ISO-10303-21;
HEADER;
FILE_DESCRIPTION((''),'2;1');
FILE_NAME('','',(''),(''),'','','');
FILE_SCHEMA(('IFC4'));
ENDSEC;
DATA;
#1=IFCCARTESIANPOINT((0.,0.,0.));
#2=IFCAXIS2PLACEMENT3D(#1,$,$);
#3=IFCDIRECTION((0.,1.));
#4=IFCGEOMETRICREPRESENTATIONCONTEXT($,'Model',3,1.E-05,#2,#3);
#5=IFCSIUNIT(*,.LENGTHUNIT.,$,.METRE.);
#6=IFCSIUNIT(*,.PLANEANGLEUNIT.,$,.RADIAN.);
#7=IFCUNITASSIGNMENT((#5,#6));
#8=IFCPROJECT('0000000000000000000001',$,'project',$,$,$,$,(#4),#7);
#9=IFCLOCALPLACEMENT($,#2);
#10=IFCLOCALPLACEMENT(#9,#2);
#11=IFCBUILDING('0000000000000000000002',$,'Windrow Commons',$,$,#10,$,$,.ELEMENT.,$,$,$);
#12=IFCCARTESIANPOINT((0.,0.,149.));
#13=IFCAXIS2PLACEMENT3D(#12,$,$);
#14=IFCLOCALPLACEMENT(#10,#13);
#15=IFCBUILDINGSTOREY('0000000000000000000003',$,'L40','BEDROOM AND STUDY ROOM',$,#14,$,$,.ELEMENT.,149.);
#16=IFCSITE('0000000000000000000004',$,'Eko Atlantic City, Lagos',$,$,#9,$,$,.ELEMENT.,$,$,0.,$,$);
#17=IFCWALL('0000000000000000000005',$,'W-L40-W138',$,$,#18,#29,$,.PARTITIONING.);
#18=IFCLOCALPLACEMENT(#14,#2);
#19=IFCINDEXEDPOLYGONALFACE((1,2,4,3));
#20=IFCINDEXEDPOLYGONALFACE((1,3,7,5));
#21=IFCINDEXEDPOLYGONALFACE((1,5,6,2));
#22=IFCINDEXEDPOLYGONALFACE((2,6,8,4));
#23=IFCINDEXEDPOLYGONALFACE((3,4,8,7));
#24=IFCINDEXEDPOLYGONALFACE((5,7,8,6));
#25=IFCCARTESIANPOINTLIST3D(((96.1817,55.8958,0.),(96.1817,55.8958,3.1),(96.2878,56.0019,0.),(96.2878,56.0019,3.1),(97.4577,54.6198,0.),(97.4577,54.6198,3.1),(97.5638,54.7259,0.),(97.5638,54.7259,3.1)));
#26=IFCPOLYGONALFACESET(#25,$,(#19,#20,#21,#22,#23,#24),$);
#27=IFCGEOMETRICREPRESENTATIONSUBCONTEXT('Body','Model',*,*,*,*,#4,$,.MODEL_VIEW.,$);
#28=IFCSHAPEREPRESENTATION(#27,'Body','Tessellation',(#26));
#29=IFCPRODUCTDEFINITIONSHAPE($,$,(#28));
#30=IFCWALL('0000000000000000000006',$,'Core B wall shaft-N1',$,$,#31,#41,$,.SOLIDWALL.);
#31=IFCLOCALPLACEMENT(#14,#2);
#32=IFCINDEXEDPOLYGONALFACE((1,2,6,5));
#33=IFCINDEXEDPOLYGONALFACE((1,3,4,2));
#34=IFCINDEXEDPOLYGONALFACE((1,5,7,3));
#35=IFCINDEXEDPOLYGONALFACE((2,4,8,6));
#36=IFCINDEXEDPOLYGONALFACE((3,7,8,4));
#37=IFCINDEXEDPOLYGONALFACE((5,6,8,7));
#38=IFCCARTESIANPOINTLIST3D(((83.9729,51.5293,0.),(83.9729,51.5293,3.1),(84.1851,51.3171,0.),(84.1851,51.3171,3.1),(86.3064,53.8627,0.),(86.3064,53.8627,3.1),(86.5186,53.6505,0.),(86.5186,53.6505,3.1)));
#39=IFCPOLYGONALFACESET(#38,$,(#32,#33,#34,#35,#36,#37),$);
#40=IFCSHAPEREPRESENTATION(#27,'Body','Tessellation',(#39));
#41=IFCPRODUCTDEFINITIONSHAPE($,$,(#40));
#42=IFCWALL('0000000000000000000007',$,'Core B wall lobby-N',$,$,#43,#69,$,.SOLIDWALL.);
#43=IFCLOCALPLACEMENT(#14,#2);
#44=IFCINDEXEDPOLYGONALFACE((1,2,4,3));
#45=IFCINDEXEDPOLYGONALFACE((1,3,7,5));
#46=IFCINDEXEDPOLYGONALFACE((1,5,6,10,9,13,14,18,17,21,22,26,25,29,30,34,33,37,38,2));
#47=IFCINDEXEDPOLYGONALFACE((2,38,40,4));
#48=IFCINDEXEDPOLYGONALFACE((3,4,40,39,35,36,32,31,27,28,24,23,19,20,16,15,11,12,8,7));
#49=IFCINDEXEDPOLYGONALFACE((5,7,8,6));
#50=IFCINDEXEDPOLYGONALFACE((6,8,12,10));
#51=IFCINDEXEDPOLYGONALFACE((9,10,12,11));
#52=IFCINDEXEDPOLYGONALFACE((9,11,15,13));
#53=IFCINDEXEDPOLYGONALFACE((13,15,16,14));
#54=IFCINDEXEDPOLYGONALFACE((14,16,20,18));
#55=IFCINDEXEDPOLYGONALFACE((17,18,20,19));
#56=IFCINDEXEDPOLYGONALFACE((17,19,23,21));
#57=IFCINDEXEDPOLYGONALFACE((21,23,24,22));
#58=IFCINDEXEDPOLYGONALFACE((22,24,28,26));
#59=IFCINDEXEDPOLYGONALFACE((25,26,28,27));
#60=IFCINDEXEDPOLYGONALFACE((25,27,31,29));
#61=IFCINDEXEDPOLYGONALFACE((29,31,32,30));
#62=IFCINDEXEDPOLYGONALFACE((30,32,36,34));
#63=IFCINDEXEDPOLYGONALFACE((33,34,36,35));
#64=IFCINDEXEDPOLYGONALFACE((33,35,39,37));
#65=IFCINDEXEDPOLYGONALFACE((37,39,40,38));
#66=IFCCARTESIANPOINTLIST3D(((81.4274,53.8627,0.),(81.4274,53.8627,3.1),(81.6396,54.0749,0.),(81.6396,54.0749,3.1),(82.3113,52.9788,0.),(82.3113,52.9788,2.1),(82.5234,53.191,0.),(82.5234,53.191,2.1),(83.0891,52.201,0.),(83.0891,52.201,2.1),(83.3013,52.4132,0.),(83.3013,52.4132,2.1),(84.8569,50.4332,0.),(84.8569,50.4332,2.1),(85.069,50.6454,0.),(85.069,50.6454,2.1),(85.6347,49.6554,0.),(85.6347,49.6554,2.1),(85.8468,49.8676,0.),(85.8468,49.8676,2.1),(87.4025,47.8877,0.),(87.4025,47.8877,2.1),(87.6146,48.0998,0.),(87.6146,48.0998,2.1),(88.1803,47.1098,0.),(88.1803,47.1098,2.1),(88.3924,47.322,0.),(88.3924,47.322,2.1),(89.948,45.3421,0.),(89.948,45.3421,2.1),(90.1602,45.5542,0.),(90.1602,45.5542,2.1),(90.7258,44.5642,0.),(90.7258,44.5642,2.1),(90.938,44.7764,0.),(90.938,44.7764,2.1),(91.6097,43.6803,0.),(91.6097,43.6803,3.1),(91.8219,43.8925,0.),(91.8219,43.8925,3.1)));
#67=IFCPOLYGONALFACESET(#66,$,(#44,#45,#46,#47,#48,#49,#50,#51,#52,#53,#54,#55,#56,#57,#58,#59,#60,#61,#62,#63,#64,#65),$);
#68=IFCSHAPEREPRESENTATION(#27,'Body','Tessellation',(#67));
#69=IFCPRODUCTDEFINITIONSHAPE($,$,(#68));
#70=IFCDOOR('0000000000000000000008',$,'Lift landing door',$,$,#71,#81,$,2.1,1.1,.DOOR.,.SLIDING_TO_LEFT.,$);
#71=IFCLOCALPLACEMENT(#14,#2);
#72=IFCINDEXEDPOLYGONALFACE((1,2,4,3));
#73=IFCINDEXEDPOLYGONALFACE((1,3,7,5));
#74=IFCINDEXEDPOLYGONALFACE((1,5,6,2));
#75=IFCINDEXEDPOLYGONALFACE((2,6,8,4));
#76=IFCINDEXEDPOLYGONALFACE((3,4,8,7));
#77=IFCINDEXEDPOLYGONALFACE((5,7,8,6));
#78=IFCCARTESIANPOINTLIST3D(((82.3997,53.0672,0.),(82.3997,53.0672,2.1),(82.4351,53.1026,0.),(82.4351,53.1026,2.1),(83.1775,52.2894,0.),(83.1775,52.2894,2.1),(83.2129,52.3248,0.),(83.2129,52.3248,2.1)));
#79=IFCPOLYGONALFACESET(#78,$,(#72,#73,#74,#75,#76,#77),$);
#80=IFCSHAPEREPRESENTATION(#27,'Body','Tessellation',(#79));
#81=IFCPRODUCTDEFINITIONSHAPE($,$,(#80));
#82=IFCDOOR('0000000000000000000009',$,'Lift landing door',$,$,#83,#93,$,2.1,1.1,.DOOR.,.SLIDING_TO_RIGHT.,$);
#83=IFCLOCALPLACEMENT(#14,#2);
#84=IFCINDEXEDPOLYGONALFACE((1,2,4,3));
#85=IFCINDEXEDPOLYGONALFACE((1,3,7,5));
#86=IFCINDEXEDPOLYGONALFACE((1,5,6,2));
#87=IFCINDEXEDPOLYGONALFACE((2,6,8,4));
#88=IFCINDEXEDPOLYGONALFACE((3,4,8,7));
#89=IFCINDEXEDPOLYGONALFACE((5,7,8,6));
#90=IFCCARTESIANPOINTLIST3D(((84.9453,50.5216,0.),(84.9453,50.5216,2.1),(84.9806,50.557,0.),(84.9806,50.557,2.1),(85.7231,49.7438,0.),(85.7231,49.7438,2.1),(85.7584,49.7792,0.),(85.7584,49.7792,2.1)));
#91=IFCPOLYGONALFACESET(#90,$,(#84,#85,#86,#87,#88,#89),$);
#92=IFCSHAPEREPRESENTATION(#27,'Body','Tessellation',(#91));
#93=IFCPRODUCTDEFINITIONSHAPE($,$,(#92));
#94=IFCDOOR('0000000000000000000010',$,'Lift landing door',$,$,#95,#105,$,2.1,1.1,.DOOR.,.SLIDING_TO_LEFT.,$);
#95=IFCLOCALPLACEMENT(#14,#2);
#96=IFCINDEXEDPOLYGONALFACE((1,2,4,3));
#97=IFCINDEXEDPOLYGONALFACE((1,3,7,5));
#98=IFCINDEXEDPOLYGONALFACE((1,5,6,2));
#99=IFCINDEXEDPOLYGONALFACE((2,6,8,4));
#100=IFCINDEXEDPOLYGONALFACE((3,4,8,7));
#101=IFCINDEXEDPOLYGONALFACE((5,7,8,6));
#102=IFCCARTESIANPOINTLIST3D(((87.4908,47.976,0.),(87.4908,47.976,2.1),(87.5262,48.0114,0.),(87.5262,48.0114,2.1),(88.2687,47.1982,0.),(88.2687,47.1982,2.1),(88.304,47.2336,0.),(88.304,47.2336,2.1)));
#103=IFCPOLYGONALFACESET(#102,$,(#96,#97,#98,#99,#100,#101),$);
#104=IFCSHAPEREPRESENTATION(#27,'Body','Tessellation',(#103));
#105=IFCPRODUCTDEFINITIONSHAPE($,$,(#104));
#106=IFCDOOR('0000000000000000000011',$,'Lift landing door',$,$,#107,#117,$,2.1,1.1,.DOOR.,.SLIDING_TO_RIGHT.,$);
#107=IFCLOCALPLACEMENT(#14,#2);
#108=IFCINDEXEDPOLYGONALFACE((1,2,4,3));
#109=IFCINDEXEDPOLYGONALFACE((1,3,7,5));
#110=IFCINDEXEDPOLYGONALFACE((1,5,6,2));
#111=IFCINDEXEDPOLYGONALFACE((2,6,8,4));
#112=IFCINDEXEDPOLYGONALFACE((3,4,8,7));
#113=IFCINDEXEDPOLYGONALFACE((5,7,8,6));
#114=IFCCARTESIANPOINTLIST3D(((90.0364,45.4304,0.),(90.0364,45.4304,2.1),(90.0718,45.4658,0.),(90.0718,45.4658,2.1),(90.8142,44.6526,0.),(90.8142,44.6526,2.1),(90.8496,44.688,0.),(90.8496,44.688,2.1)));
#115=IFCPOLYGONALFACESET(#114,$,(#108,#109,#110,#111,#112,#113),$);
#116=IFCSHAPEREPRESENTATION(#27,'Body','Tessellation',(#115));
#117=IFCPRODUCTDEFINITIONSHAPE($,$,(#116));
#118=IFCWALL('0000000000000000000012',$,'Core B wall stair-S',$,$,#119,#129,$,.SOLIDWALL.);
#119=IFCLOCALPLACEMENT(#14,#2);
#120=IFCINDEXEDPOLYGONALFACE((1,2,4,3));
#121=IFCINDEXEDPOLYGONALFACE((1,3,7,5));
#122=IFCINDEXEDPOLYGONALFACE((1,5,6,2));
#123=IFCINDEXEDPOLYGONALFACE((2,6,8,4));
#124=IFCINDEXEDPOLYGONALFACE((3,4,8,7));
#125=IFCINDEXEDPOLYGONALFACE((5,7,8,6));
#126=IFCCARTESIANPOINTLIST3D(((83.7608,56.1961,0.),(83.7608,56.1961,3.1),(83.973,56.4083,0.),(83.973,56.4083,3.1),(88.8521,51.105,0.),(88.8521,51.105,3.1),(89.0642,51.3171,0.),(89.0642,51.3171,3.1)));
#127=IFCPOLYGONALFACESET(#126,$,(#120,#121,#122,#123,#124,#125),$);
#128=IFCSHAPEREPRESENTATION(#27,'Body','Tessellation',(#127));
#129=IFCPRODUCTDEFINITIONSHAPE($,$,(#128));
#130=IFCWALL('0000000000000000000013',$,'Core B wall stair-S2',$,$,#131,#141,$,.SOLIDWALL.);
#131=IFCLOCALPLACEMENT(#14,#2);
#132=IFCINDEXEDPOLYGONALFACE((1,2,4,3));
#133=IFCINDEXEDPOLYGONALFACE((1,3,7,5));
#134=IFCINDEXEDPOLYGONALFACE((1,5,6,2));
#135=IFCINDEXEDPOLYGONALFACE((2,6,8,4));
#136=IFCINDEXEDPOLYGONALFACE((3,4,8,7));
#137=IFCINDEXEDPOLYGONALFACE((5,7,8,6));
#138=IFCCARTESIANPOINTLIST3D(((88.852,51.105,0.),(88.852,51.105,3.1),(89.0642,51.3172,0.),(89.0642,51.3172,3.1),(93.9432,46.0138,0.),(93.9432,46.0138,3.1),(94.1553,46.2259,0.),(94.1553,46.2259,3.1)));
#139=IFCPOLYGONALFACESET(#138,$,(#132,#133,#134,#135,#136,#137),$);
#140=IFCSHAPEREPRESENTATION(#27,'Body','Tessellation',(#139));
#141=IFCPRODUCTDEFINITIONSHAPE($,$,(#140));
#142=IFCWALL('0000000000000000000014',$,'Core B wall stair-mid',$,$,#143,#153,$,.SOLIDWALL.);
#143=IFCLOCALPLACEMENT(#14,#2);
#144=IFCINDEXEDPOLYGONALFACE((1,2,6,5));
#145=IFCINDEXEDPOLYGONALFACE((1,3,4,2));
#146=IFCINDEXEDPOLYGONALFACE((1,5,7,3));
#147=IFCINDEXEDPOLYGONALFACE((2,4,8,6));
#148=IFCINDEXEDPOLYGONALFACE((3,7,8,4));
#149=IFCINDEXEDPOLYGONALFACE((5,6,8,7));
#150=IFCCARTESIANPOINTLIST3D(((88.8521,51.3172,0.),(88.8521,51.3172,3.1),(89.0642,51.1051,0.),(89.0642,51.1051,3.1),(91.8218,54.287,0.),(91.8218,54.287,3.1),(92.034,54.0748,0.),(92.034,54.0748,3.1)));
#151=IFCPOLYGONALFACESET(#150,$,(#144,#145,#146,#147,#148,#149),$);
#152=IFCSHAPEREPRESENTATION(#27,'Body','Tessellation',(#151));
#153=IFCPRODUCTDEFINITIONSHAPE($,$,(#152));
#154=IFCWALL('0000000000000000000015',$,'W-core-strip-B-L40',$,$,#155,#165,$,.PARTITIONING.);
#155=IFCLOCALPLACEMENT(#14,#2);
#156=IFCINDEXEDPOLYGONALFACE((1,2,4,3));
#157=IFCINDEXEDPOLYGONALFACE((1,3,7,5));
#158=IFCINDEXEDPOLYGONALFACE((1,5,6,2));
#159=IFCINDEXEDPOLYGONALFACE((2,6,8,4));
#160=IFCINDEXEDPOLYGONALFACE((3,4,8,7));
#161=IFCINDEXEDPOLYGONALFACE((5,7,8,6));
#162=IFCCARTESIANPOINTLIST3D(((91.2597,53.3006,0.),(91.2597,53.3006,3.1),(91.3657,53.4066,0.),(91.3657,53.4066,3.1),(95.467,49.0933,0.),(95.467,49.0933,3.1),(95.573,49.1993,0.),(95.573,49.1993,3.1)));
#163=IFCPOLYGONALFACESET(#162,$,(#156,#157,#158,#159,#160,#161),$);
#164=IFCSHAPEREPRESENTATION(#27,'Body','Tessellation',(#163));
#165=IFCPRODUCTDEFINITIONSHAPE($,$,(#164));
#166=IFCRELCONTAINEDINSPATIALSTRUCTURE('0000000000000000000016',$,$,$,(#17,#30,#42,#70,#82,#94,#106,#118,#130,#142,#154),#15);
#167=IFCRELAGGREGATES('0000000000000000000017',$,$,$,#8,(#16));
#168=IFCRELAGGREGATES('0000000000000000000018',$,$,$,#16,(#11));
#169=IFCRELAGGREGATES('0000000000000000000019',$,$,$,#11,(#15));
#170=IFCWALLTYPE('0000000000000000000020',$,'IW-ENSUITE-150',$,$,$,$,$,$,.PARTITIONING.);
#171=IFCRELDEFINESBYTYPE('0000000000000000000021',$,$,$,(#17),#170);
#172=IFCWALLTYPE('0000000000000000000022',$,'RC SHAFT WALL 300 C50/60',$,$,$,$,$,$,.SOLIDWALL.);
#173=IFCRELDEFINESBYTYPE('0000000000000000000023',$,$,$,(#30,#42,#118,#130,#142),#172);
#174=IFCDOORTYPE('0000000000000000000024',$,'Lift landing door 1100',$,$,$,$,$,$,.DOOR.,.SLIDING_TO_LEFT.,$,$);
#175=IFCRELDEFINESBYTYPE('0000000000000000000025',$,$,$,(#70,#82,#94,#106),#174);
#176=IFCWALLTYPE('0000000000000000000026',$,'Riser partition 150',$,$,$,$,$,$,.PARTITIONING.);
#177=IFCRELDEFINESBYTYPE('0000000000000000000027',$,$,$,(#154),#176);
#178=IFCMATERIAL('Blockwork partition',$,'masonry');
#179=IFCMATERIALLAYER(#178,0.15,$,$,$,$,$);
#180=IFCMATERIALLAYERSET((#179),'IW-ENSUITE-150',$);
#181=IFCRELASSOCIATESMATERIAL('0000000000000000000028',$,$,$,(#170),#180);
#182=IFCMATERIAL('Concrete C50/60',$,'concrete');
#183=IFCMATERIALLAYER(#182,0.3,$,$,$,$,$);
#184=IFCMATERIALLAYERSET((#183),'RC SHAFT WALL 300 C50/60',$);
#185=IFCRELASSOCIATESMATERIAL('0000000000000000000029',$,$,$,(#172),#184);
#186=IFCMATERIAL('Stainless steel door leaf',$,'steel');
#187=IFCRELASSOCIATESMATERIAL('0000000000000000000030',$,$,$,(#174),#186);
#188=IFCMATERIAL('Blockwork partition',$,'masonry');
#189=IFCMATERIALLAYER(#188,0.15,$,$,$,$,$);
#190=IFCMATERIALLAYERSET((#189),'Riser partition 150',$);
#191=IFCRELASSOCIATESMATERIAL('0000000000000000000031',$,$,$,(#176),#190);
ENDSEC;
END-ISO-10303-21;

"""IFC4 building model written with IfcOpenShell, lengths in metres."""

from ifc_helpers import new_model, si_unit, direction, frame, frame_2d, origin, place, context, subcontext, project, spatial, rectangle, extrude, material, layer, layer_set, type_object, element, fill, save


model = new_model("IFC4")

# Units and contexts
model_context = context("Model", 3, precision=1e-05, world=origin(), true_north=direction((0.0, 1.0)))
body_context = subcontext(model_context, "Body", "Model", "MODEL_VIEW")
ifc_project = project(units=[si_unit("LENGTHUNIT", "METRE"), si_unit("PLANEANGLEUNIT", "RADIAN")], contexts=[model_context])

# Site, building, storey
site_placement = place(None, origin())
site = spatial("IfcSite", under=ifc_project, at=site_placement, Name="Eko Atlantic City, Lagos", CompositionType="ELEMENT", RefElevation=0.0)
building_placement = place(site_placement, origin())
building = spatial("IfcBuilding", under=site, at=building_placement, Name="Windrow Commons", CompositionType="ELEMENT")
storey_placement = place(building_placement, frame((0.0, 0.0, 149.0)))
storey = spatial("IfcBuildingStorey", under=building, at=storey_placement, Name="L40", Description="BEDROOM AND STUDY ROOM", CompositionType="ELEMENT", Elevation=149.0)

# Shared definitions
ifc_material_1 = material(Name="Blockwork partition", Category="masonry")
ifc_layer_1 = layer(ifc_material_1, 0.15)
ifc_layer_set_1 = layer_set([ifc_layer_1], Name="IW-ENSUITE-150")
wall_type_1 = type_object("IfcWallType", Name="IW-ENSUITE-150", PredefinedType="PARTITIONING", material=ifc_layer_set_1)

# Walls
wall_1_placement = place(storey_placement, frame((96.2348, 55.9488, 0.0), z_axis=(0.0, 0.0, 1.0), x_axis=(0.707107, -0.707107, 0.0)))
element("IfcWall", 1, at=wall_1_placement, inside=storey, type_object=wall_type_1, Name="W-L40-W138", PredefinedType="PARTITIONING", context=body_context, shape_type="SweptSolid", body=[
    extrude(rectangle(XDim=1.8045, YDim=0.15, at=frame_2d((0.9022, 0.0))), origin(), (0.0, 0.0, 1.0), 3.1),
])
ifc_material_2 = material(Name="Concrete C50/60", Category="concrete")
ifc_layer_2 = layer(ifc_material_2, 0.3)
ifc_layer_set_2 = layer_set([ifc_layer_2], Name="RC SHAFT WALL 300 C50/60")
wall_type_2 = type_object("IfcWallType", Name="RC SHAFT WALL 300 C50/60", PredefinedType="SOLIDWALL", material=ifc_layer_set_2)
wall_2_placement = place(storey_placement, frame((84.079, 51.4232, 0.0), z_axis=(0.0, 0.0, 1.0), x_axis=(0.707122, 0.707092, 0.0)))
element("IfcWall", 2, at=wall_2_placement, inside=storey, type_object=wall_type_2, Name="Core B wall shaft-N1", PredefinedType="SOLIDWALL", context=body_context, shape_type="SweptSolid", body=[
    extrude(rectangle(XDim=3.3, YDim=0.3, at=frame_2d((1.65, 0.0))), origin(), (0.0, 0.0, 1.0), 3.1),
])

# Wall, openings, doors
wall_3_placement = place(storey_placement, frame((81.5335, 53.9688, 0.0), z_axis=(0.0, 0.0, 1.0), x_axis=(0.707103, -0.70711, 0.0)))
wall_3 = element("IfcWall", 3, at=wall_3_placement, inside=storey, type_object=wall_type_2, Name="Core B wall lobby-N", PredefinedType="SOLIDWALL", context=body_context, shape_type="SweptSolid", body=[
    extrude(rectangle(XDim=14.4, YDim=0.3, at=frame_2d((7.2, 0.0))), origin(), (0.0, 0.0, 1.0), 3.1),
])
opening_1_placement = place(wall_3_placement, frame((1.25, 0.0, 0.0)))
opening_1 = element("IfcOpeningElement", 4, at=opening_1_placement, cuts=wall_3, PredefinedType="OPENING", context=body_context, shape_type="SweptSolid", body=[
    extrude(rectangle(XDim=1.1, YDim=2.1, at=frame_2d((0.55, 1.05))), frame((0.0, 0.16, 0.0), z_axis=(0.0, -1.0, 0.0), x_axis=(1.0, 0.0, 0.0)), (0.0, 0.0, 1.0), 0.32),
])
opening_2_placement = place(wall_3_placement, frame((4.85, 0.0, 0.0)))
opening_2 = element("IfcOpeningElement", 5, at=opening_2_placement, cuts=wall_3, PredefinedType="OPENING", context=body_context, shape_type="SweptSolid", body=[
    extrude(rectangle(XDim=1.1, YDim=2.1, at=frame_2d((0.55, 1.05))), frame((0.0, 0.16, 0.0), z_axis=(0.0, -1.0, 0.0), x_axis=(1.0, 0.0, 0.0)), (0.0, 0.0, 1.0), 0.32),
])
opening_3_placement = place(wall_3_placement, frame((8.45, 0.0, 0.0)))
opening_3 = element("IfcOpeningElement", 6, at=opening_3_placement, cuts=wall_3, PredefinedType="OPENING", context=body_context, shape_type="SweptSolid", body=[
    extrude(rectangle(XDim=1.1, YDim=2.1, at=frame_2d((0.55, 1.05))), frame((0.0, 0.16, 0.0), z_axis=(0.0, -1.0, 0.0), x_axis=(1.0, 0.0, 0.0)), (0.0, 0.0, 1.0), 0.32),
])
opening_4_placement = place(wall_3_placement, frame((12.05, 0.0, 0.0)))
opening_4 = element("IfcOpeningElement", 7, at=opening_4_placement, cuts=wall_3, PredefinedType="OPENING", context=body_context, shape_type="SweptSolid", body=[
    extrude(rectangle(XDim=1.1, YDim=2.1, at=frame_2d((0.55, 1.05))), frame((0.0, 0.16, 0.0), z_axis=(0.0, -1.0, 0.0), x_axis=(1.0, 0.0, 0.0)), (0.0, 0.0, 1.0), 0.32),
])
ifc_material_3 = material(Name="Stainless steel door leaf", Category="steel")
door_type_1 = type_object("IfcDoorType", Name="Lift landing door 1100", OperationType="SLIDING_TO_LEFT", PredefinedType="DOOR", material=ifc_material_3)
door_1_placement = place(opening_1_placement, origin())
door_1 = element("IfcDoor", 8, at=door_1_placement, inside=storey, type_object=door_type_1, Name="Lift landing door", OperationType="SLIDING_TO_LEFT", OverallHeight=2.1, OverallWidth=1.1, PredefinedType="DOOR", context=body_context, shape_type="SweptSolid", body=[
    extrude(rectangle(XDim=1.1, YDim=2.1, at=frame_2d((0.55, 1.05))), frame((0.0, 0.025, 0.0), z_axis=(0.0, -1.0, 0.0), x_axis=(1.0, 0.0, 0.0)), (0.0, 0.0, 1.0), 0.05),
])
fill(opening_1, door_1)
door_2_placement = place(opening_2_placement, origin())
door_2 = element("IfcDoor", 9, at=door_2_placement, inside=storey, type_object=door_type_1, Name="Lift landing door", OperationType="SLIDING_TO_RIGHT", OverallHeight=2.1, OverallWidth=1.1, PredefinedType="DOOR", context=body_context, shape_type="SweptSolid", body=[
    extrude(rectangle(XDim=1.1, YDim=2.1, at=frame_2d((0.55, 1.05))), frame((0.0, 0.025, 0.0), z_axis=(0.0, -1.0, 0.0), x_axis=(1.0, 0.0, 0.0)), (0.0, 0.0, 1.0), 0.05),
])
fill(opening_2, door_2)
door_3_placement = place(opening_3_placement, origin())
door_3 = element("IfcDoor", 10, at=door_3_placement, inside=storey, type_object=door_type_1, Name="Lift landing door", OperationType="SLIDING_TO_LEFT", OverallHeight=2.1, OverallWidth=1.1, PredefinedType="DOOR", context=body_context, shape_type="SweptSolid", body=[
    extrude(rectangle(XDim=1.1, YDim=2.1, at=frame_2d((0.55, 1.05))), frame((0.0, 0.025, 0.0), z_axis=(0.0, -1.0, 0.0), x_axis=(1.0, 0.0, 0.0)), (0.0, 0.0, 1.0), 0.05),
])
fill(opening_3, door_3)
door_4_placement = place(opening_4_placement, origin())
door_4 = element("IfcDoor", 11, at=door_4_placement, inside=storey, type_object=door_type_1, Name="Lift landing door", OperationType="SLIDING_TO_RIGHT", OverallHeight=2.1, OverallWidth=1.1, PredefinedType="DOOR", context=body_context, shape_type="SweptSolid", body=[
    extrude(rectangle(XDim=1.1, YDim=2.1, at=frame_2d((0.55, 1.05))), frame((0.0, 0.025, 0.0), z_axis=(0.0, -1.0, 0.0), x_axis=(1.0, 0.0, 0.0)), (0.0, 0.0, 1.0), 0.05),
])
fill(opening_4, door_4)

# Walls
for number, where, z_axis, x_axis, name in (
    (12, (83.8669, 56.3022, 0.0), (0.0, 0.0, 1.0), (0.707114, -0.7071, 0.0), "Core B wall stair-S"),
    (13, (88.9581, 51.2111, 0.0), (0.0, 0.0, 1.0), (0.7071, -0.707114, 0.0), "Core B wall stair-S2"),
):
    element("IfcWall", number, at=place(storey_placement, frame(where, z_axis=z_axis, x_axis=x_axis)), inside=storey, type_object=wall_type_2, Name=name, PredefinedType="SOLIDWALL", context=body_context, shape_type="SweptSolid", body=[
        extrude(rectangle(XDim=7.2, YDim=0.3, at=frame_2d((3.6, 0.0))), origin(), (0.0, 0.0, 1.0), 3.1),
    ])
wall_4_placement = place(storey_placement, frame((88.9581, 51.2111, 0.0), z_axis=(0.0, 0.0, 1.0), x_axis=(0.707107, 0.707107, 0.0)))
element("IfcWall", 14, at=wall_4_placement, inside=storey, type_object=wall_type_2, Name="Core B wall stair-mid", PredefinedType="SOLIDWALL", context=body_context, shape_type="SweptSolid", body=[
    extrude(rectangle(XDim=4.1999, YDim=0.3, at=frame_2d((2.1, 0.0))), origin(), (0.0, 0.0, 1.0), 3.1),
])
ifc_material_4 = material(Name="Blockwork partition", Category="masonry")
ifc_layer_3 = layer(ifc_material_4, 0.15)
ifc_layer_set_3 = layer_set([ifc_layer_3], Name="Riser partition 150")
wall_type_3 = type_object("IfcWallType", Name="Riser partition 150", PredefinedType="PARTITIONING", material=ifc_layer_set_3)
wall_5_placement = place(storey_placement, frame((91.3127, 53.3536, 0.0), z_axis=(0.0, 0.0, 1.0), x_axis=(0.707107, -0.707107, 0.0)))
element("IfcWall", 15, at=wall_5_placement, inside=storey, type_object=wall_type_3, Name="W-core-strip-B-L40", PredefinedType="PARTITIONING", context=body_context, shape_type="SweptSolid", body=[
    extrude(rectangle(XDim=5.95, YDim=0.15, at=frame_2d((2.975, 0.0))), origin(), (0.0, 0.0, 1.0), 3.1),
])

save(model, "model.ifc")
